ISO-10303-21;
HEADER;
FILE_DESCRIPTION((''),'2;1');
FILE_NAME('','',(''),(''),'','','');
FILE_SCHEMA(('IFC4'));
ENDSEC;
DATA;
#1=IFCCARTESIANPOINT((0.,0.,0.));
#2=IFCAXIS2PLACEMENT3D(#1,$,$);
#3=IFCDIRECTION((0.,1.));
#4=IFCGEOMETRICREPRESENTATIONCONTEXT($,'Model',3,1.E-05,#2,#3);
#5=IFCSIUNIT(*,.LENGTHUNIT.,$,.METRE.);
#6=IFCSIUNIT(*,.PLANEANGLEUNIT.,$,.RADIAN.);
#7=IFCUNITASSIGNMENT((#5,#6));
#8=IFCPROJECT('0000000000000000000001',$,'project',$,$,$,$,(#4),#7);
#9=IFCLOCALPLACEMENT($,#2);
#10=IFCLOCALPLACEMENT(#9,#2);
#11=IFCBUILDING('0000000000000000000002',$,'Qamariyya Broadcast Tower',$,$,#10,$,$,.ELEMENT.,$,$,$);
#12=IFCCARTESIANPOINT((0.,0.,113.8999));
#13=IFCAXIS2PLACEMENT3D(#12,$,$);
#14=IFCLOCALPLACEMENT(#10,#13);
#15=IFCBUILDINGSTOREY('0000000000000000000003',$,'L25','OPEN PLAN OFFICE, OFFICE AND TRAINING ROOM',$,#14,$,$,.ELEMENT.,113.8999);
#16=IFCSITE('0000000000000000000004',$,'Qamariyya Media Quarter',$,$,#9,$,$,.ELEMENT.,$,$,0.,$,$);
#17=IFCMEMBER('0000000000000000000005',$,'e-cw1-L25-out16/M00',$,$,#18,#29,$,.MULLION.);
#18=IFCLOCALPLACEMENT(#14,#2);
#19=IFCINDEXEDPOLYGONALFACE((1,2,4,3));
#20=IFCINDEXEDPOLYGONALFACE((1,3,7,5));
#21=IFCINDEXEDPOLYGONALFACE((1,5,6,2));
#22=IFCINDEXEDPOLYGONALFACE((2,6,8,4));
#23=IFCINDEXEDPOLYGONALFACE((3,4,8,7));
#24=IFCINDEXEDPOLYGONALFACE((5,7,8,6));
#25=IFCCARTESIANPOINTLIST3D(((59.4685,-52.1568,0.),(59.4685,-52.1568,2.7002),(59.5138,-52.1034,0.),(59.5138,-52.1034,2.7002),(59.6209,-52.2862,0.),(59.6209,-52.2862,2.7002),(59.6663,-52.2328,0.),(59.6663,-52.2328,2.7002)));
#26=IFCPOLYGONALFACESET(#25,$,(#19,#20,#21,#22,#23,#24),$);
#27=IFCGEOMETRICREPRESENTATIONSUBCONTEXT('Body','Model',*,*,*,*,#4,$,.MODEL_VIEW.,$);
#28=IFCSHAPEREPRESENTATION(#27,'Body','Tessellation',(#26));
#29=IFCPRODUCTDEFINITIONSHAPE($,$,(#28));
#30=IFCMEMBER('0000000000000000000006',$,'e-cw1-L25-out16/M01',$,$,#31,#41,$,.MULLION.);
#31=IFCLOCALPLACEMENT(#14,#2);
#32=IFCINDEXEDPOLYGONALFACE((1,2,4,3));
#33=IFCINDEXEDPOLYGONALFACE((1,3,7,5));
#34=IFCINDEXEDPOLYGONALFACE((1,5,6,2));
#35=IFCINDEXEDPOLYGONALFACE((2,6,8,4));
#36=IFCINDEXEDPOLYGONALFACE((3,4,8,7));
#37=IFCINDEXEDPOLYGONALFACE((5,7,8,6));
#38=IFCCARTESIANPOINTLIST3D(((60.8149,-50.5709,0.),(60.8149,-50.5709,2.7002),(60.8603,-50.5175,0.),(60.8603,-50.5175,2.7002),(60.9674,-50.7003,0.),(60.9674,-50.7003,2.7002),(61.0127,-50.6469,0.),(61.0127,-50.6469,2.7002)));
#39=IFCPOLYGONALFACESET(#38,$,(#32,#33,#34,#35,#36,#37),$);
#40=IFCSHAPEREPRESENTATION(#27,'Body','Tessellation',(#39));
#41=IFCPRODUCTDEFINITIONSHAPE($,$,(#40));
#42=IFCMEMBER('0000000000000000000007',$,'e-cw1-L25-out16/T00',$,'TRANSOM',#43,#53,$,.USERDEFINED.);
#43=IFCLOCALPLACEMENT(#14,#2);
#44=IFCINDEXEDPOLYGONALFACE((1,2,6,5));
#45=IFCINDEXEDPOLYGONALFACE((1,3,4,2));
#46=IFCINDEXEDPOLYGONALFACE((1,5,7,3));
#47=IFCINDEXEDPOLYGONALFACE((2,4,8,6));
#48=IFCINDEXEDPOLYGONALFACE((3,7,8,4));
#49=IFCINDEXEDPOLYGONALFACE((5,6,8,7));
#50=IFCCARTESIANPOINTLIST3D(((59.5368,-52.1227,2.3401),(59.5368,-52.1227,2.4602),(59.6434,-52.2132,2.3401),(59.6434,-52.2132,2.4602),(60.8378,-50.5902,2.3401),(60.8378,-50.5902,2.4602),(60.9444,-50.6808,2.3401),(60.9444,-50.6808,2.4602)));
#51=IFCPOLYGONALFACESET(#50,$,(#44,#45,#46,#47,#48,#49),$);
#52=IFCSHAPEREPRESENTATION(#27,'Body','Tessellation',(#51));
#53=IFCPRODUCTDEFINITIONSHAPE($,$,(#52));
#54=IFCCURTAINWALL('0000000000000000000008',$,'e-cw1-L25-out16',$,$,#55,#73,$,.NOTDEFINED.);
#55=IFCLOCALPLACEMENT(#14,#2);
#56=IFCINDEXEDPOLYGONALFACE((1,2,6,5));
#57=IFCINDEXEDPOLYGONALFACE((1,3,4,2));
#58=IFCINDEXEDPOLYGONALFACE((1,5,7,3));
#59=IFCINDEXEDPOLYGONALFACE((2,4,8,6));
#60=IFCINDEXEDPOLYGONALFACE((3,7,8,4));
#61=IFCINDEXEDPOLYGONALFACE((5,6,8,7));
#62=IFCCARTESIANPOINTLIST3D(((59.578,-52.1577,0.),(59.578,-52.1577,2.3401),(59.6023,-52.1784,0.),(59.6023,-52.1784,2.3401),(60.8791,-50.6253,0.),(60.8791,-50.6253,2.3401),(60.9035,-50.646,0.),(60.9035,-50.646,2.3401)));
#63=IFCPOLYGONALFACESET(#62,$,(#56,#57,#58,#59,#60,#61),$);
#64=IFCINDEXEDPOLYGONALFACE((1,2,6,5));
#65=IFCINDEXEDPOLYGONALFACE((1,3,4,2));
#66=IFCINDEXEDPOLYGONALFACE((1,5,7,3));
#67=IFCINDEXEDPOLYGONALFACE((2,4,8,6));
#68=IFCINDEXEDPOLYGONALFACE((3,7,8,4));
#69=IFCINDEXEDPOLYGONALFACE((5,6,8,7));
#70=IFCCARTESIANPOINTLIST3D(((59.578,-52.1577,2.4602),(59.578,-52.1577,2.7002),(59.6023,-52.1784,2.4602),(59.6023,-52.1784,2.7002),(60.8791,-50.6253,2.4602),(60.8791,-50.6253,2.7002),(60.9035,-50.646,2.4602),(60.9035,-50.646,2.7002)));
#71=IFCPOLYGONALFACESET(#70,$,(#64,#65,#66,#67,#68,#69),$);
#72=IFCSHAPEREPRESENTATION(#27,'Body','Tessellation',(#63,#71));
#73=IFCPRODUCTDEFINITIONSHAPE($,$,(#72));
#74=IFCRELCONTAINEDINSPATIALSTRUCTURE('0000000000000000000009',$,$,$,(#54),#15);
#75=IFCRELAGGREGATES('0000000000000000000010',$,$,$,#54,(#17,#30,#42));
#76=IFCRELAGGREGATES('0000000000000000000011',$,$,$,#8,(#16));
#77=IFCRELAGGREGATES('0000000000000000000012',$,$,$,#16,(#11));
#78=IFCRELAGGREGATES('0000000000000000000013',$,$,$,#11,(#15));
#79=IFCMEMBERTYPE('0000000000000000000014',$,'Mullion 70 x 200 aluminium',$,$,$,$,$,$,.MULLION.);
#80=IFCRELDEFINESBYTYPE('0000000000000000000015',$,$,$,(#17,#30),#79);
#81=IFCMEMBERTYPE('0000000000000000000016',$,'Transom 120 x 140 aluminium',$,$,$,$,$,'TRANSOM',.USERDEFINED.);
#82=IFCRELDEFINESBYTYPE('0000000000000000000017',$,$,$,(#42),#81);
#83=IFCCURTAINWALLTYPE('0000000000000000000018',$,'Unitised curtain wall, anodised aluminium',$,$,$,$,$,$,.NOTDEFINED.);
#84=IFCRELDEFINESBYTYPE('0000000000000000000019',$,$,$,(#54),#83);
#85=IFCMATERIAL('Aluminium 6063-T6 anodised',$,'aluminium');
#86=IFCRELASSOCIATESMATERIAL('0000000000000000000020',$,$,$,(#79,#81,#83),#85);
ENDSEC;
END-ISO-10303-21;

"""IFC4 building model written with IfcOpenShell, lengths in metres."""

from ifc_helpers import new_model, si_unit, direction, frame, origin, origin_2d, place, context, subcontext, project, spatial, rectangle, extrude, material, material_profile, profile_set, type_object, element, aggregate, save


model = new_model("IFC4")

# Units and contexts
model_context = context("Model", 3, precision=1e-05, world=origin(), true_north=direction((0.0, 1.0)))
body_context = subcontext(model_context, "Body", "Model", "MODEL_VIEW")
ifc_project = project(units=[si_unit("LENGTHUNIT", "METRE"), si_unit("PLANEANGLEUNIT", "RADIAN")], contexts=[model_context])

# Members
ifc_material = material(Name="Aluminium 6063-T6 anodised", Category="aluminium")
ifc_material_profile_1 = material_profile(ifc_material, rectangle(XDim=0.2, YDim=0.0701, at=origin_2d()))
ifc_profile_set_1 = profile_set([ifc_material_profile_1], Name="Aluminium 6063-T6 anodised")
member_type_1 = type_object("IfcMemberType", Name="Mullion 70 x 200 aluminium", PredefinedType="MULLION", material=ifc_profile_set_1)
site_placement = place(None, origin())
building_placement = place(site_placement, origin())
storey_placement = place(building_placement, frame((0.0, 0.0, 113.8999)))
member_1_placement = place(storey_placement, frame((59.5674, -52.1948, 0.0), z_axis=(0.0, 0.0, 1.0), x_axis=(-0.762284, 0.647243, 0.0)))
member_1 = element("IfcMember", 1, at=member_1_placement, type_object=member_type_1, Name="e-cw1-L25-out16/M00", PredefinedType="MULLION", context=body_context, shape_type="SweptSolid", body=[
    extrude(rectangle(XDim=0.2, YDim=0.0701, at=origin_2d()), origin(), (0.0, 0.0, 1.0), 2.7002),
])
member_2_placement = place(storey_placement, frame((60.9138, -50.6089, 0.0), z_axis=(0.0, 0.0, 1.0), x_axis=(-0.762284, 0.647243, 0.0)))
member_2 = element("IfcMember", 2, at=member_2_placement, type_object=member_type_1, Name="e-cw1-L25-out16/M01", PredefinedType="MULLION", context=body_context, shape_type="SweptSolid", body=[
    extrude(rectangle(XDim=0.2, YDim=0.0701, at=origin_2d()), origin(), (0.0, 0.0, 1.0), 2.7002),
])
ifc_material_profile_2 = material_profile(ifc_material, rectangle(XDim=0.1399, YDim=0.1201, at=origin_2d()))
ifc_profile_set_2 = profile_set([ifc_material_profile_2], Name="Aluminium 6063-T6 anodised")
member_type_2 = type_object("IfcMemberType", Name="Transom 120 x 140 aluminium", ElementType="TRANSOM", PredefinedType="USERDEFINED", material=ifc_profile_set_2)
member_3_placement = place(storey_placement, frame((59.5901, -52.168, 2.4001), z_axis=(0.647194, 0.762326, 0.0), x_axis=(-0.762326, 0.647194, 0.0)))
member_3 = element("IfcMember", 3, at=member_3_placement, type_object=member_type_2, Name="e-cw1-L25-out16/T00", ObjectType="TRANSOM", PredefinedType="USERDEFINED", context=body_context, shape_type="SweptSolid", body=[
    extrude(rectangle(XDim=0.1399, YDim=0.1201, at=origin_2d()), origin(), (0.0, 0.0, 1.0), 2.0103),
])

# Site, building, storey
site = spatial("IfcSite", under=ifc_project, at=site_placement, Name="Qamariyya Media Quarter", CompositionType="ELEMENT", RefElevation=0.0)
building = spatial("IfcBuilding", under=site, at=building_placement, Name="Qamariyya Broadcast Tower", CompositionType="ELEMENT")
storey = spatial("IfcBuildingStorey", under=building, at=storey_placement, Name="L25", Description="OPEN PLAN OFFICE, OFFICE AND TRAINING ROOM", CompositionType="ELEMENT", Elevation=113.8999)

# Curtain wall
curtain_wall_type = type_object("IfcCurtainWallType", Name="Unitised curtain wall, anodised aluminium", PredefinedType="NOTDEFINED", material=ifc_material)
curtain_wall_1_placement = place(storey_placement, origin())
curtain_wall_1 = element("IfcCurtainWall", 4, at=curtain_wall_1_placement, inside=storey, type_object=curtain_wall_type, Name="e-cw1-L25-out16", PredefinedType="NOTDEFINED", context=body_context, shape_type="SweptSolid", body=[
    extrude(rectangle(XDim=2.0103, YDim=0.032, at=origin_2d()), frame((60.2407, -51.4019, 0.0), x_axis=(0.647259, 0.76227, 0.0)), (0.0, 0.0, 1.0), 2.3401),
    extrude(rectangle(XDim=2.0103, YDim=0.032, at=origin_2d()), frame((60.2407, -51.4019, 2.4602), x_axis=(0.647259, 0.76227, 0.0)), (0.0, 0.0, 1.0), 0.24),
])
aggregate(curtain_wall_1, [member_1, member_2, member_3])

save(model, "model.ifc")
